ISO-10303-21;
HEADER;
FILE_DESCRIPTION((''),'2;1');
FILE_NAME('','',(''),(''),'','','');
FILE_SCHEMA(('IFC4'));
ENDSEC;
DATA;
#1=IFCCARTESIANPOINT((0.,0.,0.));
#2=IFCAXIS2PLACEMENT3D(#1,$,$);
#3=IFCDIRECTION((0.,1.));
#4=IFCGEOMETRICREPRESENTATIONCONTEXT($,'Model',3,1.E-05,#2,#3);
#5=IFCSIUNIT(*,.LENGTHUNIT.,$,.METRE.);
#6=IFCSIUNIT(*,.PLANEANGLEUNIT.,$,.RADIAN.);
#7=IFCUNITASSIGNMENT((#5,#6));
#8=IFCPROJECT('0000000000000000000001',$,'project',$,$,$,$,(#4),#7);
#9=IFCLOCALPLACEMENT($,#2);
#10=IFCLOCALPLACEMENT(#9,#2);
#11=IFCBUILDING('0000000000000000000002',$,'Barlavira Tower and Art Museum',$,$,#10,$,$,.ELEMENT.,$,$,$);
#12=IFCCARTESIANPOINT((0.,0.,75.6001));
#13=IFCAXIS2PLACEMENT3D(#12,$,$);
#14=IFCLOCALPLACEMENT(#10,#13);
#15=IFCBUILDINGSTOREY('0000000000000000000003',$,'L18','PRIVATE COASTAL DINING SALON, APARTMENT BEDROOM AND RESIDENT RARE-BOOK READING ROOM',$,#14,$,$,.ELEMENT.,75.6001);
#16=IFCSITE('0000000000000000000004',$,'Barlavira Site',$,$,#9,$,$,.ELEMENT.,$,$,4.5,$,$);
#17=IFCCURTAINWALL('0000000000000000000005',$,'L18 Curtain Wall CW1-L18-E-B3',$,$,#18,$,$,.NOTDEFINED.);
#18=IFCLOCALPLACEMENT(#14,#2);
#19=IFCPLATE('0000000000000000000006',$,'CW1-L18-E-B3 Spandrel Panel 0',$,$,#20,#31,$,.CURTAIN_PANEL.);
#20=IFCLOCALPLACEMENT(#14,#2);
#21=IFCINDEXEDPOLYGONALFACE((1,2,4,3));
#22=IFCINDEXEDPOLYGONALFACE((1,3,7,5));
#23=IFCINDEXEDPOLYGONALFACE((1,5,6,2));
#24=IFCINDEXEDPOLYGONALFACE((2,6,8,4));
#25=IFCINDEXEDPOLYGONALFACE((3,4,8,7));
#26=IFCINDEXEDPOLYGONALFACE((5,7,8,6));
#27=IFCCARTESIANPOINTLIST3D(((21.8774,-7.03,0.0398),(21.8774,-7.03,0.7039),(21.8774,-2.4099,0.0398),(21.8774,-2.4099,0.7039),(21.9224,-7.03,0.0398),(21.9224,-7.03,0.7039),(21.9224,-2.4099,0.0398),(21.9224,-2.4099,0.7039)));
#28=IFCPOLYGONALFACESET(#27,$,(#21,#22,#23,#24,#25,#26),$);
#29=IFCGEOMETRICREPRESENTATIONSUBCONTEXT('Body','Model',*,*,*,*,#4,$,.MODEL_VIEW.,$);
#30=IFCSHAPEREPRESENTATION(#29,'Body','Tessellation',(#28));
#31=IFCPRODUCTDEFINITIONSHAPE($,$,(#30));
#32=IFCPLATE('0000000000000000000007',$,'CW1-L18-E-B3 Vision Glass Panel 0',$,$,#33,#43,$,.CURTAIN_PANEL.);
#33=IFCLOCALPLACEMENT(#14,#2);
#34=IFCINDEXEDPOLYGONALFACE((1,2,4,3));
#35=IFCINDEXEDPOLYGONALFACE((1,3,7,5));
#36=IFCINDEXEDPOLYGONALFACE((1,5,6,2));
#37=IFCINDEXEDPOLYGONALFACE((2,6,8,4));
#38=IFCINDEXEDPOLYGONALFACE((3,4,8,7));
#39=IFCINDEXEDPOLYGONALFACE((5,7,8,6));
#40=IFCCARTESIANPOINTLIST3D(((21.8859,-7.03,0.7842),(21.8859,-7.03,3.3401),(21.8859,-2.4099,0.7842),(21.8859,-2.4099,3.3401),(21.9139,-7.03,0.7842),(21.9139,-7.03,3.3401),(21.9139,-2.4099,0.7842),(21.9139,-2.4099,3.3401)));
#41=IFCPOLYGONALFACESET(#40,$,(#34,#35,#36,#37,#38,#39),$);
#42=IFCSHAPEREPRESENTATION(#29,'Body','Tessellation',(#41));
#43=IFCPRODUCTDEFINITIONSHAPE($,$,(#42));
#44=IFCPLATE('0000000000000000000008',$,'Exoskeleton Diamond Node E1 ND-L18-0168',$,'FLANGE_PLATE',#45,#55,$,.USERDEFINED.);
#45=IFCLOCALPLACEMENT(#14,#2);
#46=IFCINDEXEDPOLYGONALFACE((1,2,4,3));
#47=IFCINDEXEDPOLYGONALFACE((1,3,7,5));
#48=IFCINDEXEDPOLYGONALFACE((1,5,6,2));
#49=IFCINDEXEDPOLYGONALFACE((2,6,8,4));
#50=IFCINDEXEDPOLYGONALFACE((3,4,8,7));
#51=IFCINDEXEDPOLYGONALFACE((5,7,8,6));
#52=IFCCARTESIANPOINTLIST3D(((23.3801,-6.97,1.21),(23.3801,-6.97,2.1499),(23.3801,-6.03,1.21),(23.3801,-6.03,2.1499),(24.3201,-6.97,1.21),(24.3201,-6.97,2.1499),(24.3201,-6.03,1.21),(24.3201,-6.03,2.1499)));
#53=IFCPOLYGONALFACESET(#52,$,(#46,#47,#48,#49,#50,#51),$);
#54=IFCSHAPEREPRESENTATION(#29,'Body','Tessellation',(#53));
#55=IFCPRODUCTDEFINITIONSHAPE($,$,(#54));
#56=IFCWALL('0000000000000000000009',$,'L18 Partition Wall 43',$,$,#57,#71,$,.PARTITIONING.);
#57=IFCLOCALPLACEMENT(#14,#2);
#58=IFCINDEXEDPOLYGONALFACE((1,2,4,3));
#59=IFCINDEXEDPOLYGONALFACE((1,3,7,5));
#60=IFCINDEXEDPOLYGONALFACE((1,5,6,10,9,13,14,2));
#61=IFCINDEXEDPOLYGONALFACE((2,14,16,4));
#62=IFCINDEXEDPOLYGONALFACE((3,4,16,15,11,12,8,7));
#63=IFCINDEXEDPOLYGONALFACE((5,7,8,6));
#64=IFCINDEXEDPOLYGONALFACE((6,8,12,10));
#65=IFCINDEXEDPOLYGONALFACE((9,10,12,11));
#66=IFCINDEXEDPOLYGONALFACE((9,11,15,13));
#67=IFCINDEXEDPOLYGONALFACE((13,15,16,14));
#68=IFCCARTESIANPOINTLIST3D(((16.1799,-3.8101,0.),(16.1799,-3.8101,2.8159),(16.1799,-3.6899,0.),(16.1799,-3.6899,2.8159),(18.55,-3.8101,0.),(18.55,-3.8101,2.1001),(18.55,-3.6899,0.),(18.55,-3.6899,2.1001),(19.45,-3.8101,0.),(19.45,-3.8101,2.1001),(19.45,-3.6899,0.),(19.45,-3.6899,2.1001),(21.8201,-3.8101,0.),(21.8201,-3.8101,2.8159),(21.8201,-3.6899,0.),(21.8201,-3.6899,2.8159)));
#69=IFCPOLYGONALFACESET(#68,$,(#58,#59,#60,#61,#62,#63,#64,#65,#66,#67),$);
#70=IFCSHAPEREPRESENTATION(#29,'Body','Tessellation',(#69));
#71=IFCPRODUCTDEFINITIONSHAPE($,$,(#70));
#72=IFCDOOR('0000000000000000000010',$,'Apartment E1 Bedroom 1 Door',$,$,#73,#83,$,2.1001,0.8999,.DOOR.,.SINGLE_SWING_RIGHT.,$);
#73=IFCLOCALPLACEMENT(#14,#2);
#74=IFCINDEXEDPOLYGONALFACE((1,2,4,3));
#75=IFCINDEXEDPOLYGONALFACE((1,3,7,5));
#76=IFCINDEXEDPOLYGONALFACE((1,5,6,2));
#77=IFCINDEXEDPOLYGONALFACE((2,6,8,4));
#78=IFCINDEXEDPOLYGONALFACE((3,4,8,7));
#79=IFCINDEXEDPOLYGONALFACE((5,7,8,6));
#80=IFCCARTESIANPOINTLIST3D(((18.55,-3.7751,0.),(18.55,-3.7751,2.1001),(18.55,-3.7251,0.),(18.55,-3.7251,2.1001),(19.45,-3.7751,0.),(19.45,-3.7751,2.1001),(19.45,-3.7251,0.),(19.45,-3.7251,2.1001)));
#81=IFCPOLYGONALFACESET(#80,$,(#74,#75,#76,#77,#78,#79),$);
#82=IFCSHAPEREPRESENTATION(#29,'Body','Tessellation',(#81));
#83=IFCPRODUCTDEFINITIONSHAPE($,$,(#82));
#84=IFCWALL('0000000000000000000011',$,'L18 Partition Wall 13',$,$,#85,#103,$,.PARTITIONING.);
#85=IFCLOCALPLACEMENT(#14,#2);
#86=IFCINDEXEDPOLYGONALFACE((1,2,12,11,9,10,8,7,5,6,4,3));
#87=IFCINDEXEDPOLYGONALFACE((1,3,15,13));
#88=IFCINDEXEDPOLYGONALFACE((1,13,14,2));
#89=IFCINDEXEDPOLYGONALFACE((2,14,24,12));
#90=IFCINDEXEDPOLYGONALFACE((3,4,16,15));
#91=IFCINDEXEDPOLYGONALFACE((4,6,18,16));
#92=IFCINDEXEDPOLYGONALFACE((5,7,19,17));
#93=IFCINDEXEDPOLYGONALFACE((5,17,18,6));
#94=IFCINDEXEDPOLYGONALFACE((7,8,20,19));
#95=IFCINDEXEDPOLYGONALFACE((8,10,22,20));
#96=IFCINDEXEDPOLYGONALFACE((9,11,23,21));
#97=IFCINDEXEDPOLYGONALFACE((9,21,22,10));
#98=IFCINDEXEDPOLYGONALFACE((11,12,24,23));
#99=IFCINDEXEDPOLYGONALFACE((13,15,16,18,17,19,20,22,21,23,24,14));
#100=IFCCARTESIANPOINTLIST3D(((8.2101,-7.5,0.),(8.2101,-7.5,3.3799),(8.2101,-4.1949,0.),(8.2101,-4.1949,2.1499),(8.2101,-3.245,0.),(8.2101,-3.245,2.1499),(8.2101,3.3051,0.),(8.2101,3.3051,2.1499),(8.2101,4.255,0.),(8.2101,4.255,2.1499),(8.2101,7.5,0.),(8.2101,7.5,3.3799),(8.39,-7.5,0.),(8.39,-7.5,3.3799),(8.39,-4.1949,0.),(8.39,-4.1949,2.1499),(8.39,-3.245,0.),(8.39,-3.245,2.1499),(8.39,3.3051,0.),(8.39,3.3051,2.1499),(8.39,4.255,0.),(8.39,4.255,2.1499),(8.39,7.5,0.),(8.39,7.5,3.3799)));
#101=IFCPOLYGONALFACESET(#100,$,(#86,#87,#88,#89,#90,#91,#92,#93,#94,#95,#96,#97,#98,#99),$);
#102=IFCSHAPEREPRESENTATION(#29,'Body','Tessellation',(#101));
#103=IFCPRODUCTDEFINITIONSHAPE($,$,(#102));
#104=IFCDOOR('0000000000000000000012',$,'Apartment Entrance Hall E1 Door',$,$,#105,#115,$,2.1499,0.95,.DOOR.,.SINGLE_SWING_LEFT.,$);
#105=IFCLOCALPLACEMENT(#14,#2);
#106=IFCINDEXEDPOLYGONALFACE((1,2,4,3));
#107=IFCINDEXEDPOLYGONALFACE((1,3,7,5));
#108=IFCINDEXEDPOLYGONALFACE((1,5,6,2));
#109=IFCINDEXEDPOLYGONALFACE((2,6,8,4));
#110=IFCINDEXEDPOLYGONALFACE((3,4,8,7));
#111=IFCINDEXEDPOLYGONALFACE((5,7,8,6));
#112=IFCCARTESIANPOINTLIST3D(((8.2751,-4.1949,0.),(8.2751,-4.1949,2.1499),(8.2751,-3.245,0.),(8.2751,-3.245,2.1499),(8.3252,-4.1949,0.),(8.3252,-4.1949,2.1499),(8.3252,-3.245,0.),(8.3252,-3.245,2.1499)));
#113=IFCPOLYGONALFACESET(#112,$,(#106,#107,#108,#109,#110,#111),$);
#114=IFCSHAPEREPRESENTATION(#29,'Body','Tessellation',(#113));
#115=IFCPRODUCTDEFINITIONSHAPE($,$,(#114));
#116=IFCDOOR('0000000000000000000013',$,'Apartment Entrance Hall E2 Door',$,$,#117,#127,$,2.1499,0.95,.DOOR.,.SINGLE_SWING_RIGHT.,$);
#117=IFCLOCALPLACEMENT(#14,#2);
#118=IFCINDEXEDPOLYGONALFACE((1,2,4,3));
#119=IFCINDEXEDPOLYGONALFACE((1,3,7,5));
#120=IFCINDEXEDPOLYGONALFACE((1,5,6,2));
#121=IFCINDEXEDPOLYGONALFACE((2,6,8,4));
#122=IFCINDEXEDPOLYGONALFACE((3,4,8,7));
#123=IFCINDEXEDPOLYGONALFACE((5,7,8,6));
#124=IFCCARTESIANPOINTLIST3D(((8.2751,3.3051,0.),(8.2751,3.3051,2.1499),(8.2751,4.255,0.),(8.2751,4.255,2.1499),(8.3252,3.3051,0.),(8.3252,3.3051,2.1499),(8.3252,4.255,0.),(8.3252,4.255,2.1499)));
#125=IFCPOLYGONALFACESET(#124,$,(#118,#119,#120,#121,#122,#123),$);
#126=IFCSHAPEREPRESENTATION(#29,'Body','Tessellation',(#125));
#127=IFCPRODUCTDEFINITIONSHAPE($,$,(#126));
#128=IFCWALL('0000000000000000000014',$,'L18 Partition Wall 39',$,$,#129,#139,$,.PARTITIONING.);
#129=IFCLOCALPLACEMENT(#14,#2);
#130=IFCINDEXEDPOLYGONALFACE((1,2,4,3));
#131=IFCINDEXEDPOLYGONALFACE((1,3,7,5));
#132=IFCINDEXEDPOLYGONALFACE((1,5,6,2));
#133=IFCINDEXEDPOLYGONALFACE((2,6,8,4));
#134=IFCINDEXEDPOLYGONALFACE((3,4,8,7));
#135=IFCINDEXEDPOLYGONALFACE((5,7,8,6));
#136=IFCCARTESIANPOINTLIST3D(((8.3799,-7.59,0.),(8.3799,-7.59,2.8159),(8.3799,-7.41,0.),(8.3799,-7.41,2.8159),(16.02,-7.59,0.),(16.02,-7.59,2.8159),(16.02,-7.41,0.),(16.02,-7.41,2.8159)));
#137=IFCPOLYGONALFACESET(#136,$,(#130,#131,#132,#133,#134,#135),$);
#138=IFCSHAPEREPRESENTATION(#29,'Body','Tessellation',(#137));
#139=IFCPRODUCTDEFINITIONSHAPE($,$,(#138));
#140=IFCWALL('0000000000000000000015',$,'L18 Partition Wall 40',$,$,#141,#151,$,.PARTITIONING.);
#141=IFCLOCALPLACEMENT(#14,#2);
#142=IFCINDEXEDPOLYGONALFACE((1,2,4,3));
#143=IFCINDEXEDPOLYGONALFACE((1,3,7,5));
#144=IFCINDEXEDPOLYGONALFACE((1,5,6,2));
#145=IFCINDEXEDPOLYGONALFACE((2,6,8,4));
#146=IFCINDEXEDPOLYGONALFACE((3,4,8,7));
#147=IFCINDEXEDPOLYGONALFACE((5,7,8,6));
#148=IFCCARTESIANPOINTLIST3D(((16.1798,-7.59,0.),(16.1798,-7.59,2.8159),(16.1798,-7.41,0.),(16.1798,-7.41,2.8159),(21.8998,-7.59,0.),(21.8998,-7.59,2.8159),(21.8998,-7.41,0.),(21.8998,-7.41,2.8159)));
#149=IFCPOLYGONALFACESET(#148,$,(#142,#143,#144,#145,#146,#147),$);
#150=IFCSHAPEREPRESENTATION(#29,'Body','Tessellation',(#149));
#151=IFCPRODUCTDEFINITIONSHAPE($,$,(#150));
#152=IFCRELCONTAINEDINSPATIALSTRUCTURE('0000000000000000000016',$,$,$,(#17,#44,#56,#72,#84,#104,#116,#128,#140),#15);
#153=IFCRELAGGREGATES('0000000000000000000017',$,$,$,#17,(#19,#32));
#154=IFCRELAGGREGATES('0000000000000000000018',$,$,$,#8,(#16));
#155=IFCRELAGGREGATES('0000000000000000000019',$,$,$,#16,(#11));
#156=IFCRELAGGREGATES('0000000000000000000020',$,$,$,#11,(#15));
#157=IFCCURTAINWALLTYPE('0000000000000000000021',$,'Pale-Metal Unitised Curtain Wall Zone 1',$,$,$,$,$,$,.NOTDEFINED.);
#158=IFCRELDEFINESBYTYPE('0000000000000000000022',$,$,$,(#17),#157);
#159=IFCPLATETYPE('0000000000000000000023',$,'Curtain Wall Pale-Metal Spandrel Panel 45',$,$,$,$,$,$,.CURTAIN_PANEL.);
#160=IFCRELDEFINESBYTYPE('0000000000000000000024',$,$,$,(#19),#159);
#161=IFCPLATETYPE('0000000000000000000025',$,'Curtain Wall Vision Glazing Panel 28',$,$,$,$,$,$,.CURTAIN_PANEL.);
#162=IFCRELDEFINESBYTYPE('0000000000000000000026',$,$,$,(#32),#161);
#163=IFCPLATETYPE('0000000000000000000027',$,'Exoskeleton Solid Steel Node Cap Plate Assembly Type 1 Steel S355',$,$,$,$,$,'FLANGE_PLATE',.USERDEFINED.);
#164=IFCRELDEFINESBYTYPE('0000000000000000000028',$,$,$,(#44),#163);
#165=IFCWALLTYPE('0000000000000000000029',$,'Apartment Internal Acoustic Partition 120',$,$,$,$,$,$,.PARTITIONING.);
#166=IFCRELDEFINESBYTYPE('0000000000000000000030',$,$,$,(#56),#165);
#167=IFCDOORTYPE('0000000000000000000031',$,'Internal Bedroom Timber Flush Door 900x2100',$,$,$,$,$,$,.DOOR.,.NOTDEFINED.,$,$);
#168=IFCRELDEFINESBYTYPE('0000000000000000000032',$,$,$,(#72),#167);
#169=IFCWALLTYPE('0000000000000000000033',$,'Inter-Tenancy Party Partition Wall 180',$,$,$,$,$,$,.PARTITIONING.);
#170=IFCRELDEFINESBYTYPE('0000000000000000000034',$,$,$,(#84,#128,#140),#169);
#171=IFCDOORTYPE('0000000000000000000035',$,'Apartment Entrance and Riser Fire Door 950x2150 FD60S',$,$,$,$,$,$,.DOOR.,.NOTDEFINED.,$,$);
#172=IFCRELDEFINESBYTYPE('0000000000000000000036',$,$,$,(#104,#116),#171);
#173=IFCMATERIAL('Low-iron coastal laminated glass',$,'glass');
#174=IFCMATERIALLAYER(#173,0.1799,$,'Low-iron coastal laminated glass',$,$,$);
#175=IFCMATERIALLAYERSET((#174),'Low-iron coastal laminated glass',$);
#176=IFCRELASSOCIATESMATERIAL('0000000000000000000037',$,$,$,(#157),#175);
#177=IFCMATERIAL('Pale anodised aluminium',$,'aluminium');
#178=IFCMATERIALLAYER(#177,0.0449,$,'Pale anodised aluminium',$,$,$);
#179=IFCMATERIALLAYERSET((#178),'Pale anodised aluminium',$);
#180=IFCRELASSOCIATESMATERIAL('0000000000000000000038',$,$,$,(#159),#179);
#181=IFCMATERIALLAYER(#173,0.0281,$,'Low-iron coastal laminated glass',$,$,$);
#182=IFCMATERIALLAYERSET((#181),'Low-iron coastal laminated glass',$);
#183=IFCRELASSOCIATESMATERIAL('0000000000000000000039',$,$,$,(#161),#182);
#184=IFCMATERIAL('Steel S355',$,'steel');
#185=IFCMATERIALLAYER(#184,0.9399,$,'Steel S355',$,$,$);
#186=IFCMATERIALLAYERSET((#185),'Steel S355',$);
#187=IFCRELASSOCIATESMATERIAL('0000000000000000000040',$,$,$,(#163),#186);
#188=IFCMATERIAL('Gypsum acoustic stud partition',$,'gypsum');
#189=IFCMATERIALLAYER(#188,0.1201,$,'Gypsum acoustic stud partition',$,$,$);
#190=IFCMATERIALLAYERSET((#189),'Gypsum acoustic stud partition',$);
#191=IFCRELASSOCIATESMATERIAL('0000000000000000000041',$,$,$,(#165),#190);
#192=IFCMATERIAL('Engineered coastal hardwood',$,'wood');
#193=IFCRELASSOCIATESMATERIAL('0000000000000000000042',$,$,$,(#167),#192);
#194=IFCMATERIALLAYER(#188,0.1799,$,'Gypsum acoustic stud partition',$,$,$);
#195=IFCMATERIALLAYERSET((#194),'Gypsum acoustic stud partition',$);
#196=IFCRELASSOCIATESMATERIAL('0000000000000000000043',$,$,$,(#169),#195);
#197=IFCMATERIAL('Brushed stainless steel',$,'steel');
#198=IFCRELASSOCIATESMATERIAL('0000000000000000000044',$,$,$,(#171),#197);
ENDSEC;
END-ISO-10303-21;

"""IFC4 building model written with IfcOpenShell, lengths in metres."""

from ifc_helpers import new_model, si_unit, direction, frame, frame_2d, origin, origin_2d, place, context, subcontext, project, spatial, rectangle, extrude, material, layer, layer_set, type_object, element, fill, aggregate, save


model = new_model("IFC4")

# Units and contexts
model_context = context("Model", 3, precision=1e-05, world=origin(), true_north=direction((0.0, 1.0)))
body_context = subcontext(model_context, "Body", "Model", "MODEL_VIEW")
ifc_project = project(units=[si_unit("LENGTHUNIT", "METRE"), si_unit("PLANEANGLEUNIT", "RADIAN")], contexts=[model_context])

# Site, building, storey
site_placement = place(None, origin())
site = spatial("IfcSite", under=ifc_project, at=site_placement, Name="Barlavira Site", CompositionType="ELEMENT", RefElevation=4.5)
building_placement = place(site_placement, origin())
building = spatial("IfcBuilding", under=site, at=building_placement, Name="Barlavira Tower and Art Museum", CompositionType="ELEMENT")
storey_placement = place(building_placement, frame((0.0, 0.0, 75.6001)))
storey = spatial("IfcBuildingStorey", under=building, at=storey_placement, Name="L18", Description="PRIVATE COASTAL DINING SALON, APARTMENT BEDROOM AND RESIDENT RARE-BOOK READING ROOM", CompositionType="ELEMENT", Elevation=75.6001)

# Curtain wall
ifc_material_1 = material(Name="Low-iron coastal laminated glass", Category="glass")
ifc_layer_1 = layer(ifc_material_1, 0.1799, Name="Low-iron coastal laminated glass")
ifc_layer_set_1 = layer_set([ifc_layer_1], Name="Low-iron coastal laminated glass")
curtain_wall_type = type_object("IfcCurtainWallType", Name="Pale-Metal Unitised Curtain Wall Zone 1", PredefinedType="NOTDEFINED", material=ifc_layer_set_1)
curtain_wall_placement = place(storey_placement, origin())
curtain_wall = element("IfcCurtainWall", 1, at=curtain_wall_placement, inside=storey, type_object=curtain_wall_type, Name="L18 Curtain Wall CW1-L18-E-B3", PredefinedType="NOTDEFINED")
ifc_material_2 = material(Name="Pale anodised aluminium", Category="aluminium")

# Shared definitions
ifc_material_3 = material(Name="Steel S355", Category="steel")

# Plates
ifc_layer_2 = layer(ifc_material_2, 0.0449, Name="Pale anodised aluminium")
ifc_layer_set_2 = layer_set([ifc_layer_2], Name="Pale anodised aluminium")
plate_type_1 = type_object("IfcPlateType", Name="Curtain Wall Pale-Metal Spandrel Panel 45", PredefinedType="CURTAIN_PANEL", material=ifc_layer_set_2)
plate_1_placement = place(storey_placement, frame((21.8999, -4.72, 0.0398), z_axis=(0.0, 0.0, 1.0), x_axis=(0.0, 1.0, 0.0)))
plate_1 = element("IfcPlate", 2, at=plate_1_placement, type_object=plate_type_1, Name="CW1-L18-E-B3 Spandrel Panel 0", PredefinedType="CURTAIN_PANEL", context=body_context, shape_type="SweptSolid", body=[
    extrude(rectangle(XDim=4.6201, YDim=0.0449, at=origin_2d()), origin(), (0.0, 0.0, 1.0), 0.6641),
])
ifc_layer_3 = layer(ifc_material_1, 0.0281, Name="Low-iron coastal laminated glass")
ifc_layer_set_3 = layer_set([ifc_layer_3], Name="Low-iron coastal laminated glass")
plate_type_2 = type_object("IfcPlateType", Name="Curtain Wall Vision Glazing Panel 28", PredefinedType="CURTAIN_PANEL", material=ifc_layer_set_3)
plate_2_placement = place(storey_placement, frame((21.8999, -4.72, 0.7842), z_axis=(0.0, 0.0, 1.0), x_axis=(0.0, 1.0, 0.0)))
plate_2 = element("IfcPlate", 3, at=plate_2_placement, type_object=plate_type_2, Name="CW1-L18-E-B3 Vision Glass Panel 0", PredefinedType="CURTAIN_PANEL", context=body_context, shape_type="SweptSolid", body=[
    extrude(rectangle(XDim=4.6201, YDim=0.0281, at=origin_2d()), origin(), (0.0, 0.0, 1.0), 2.5559),
])
aggregate(curtain_wall, [plate_1, plate_2])
ifc_layer_4 = layer(ifc_material_3, 0.9399, Name="Steel S355")
ifc_layer_set_4 = layer_set([ifc_layer_4], Name="Steel S355")
plate_type_3 = type_object("IfcPlateType", Name="Exoskeleton Solid Steel Node Cap Plate Assembly Type 1 Steel S355", ElementType="FLANGE_PLATE", PredefinedType="USERDEFINED", material=ifc_layer_set_4)
plate_3_placement = place(storey_placement, frame((23.8501, -6.5, 1.21), z_axis=(0.0, 0.0, 1.0), x_axis=(1.0, 0.0, 0.0)))
element("IfcPlate", 4, at=plate_3_placement, inside=storey, type_object=plate_type_3, Name="Exoskeleton Diamond Node E1 ND-L18-0168", ObjectType="FLANGE_PLATE", PredefinedType="USERDEFINED", context=body_context, shape_type="SweptSolid", body=[
    extrude(rectangle(XDim=0.9399, YDim=0.9399, at=origin_2d()), origin(), (0.0, 0.0, 1.0), 0.9399),
])

# Wall, opening, door
ifc_material_4 = material(Name="Gypsum acoustic stud partition", Category="gypsum")
ifc_layer_5 = layer(ifc_material_4, 0.1201, Name="Gypsum acoustic stud partition")
ifc_layer_set_5 = layer_set([ifc_layer_5], Name="Gypsum acoustic stud partition")
wall_type_1 = type_object("IfcWallType", Name="Apartment Internal Acoustic Partition 120", PredefinedType="PARTITIONING", material=ifc_layer_set_5)
wall_1_placement = place(storey_placement, frame((16.1799, -3.75, 0.0), z_axis=(0.0, 0.0, 1.0), x_axis=(1.0, 0.0, 0.0)))
wall_1 = element("IfcWall", 5, at=wall_1_placement, inside=storey, type_object=wall_type_1, Name="L18 Partition Wall 43", PredefinedType="PARTITIONING", context=body_context, shape_type="SweptSolid", body=[
    extrude(rectangle(XDim=5.6401, YDim=0.1201, at=frame_2d((2.8201, 0.0))), origin(), (0.0, 0.0, 1.0), 2.8159),
])
opening_1_placement = place(wall_1_placement, frame((2.3701, 0.0, 0.0)))
opening_1 = element("IfcOpeningElement", 6, at=opening_1_placement, cuts=wall_1, PredefinedType="OPENING", context=body_context, shape_type="SweptSolid", body=[
    extrude(rectangle(XDim=0.8999, YDim=2.1001, at=frame_2d((0.45, 1.05))), frame((0.0, 0.0701, 0.0), z_axis=(0.0, -1.0, 0.0), x_axis=(1.0, 0.0, 0.0)), (0.0, 0.0, 1.0), 0.1401),
])
ifc_material_5 = material(Name="Engineered coastal hardwood", Category="wood")
door_type_1 = type_object("IfcDoorType", Name="Internal Bedroom Timber Flush Door 900x2100", OperationType="NOTDEFINED", PredefinedType="DOOR", material=ifc_material_5)
door_1_placement = place(opening_1_placement, origin())
door_1 = element("IfcDoor", 7, at=door_1_placement, inside=storey, type_object=door_type_1, Name="Apartment E1 Bedroom 1 Door", OperationType="SINGLE_SWING_RIGHT", OverallHeight=2.1001, OverallWidth=0.8999, PredefinedType="DOOR", context=body_context, shape_type="SweptSolid", body=[
    extrude(rectangle(XDim=0.8999, YDim=2.1001, at=frame_2d((0.45, 1.05))), frame((0.0, 0.0249, 0.0), z_axis=(0.0, -1.0, 0.0), x_axis=(1.0, 0.0, 0.0)), (0.0, 0.0, 1.0), 0.05),
])
fill(opening_1, door_1)

# Wall, openings, doors
ifc_layer_6 = layer(ifc_material_4, 0.1799, Name="Gypsum acoustic stud partition")
ifc_layer_set_6 = layer_set([ifc_layer_6], Name="Gypsum acoustic stud partition")
wall_type_2 = type_object("IfcWallType", Name="Inter-Tenancy Party Partition Wall 180", PredefinedType="PARTITIONING", material=ifc_layer_set_6)
wall_2_placement = place(storey_placement, frame((8.3, -7.5, 0.0), z_axis=(0.0, 0.0, 1.0), x_axis=(0.0, 1.0, 0.0)))
wall_2 = element("IfcWall", 8, at=wall_2_placement, inside=storey, type_object=wall_type_2, Name="L18 Partition Wall 13", PredefinedType="PARTITIONING", context=body_context, shape_type="SweptSolid", body=[
    extrude(rectangle(XDim=15.0, YDim=0.1799, at=frame_2d((7.5, 0.0))), origin(), (0.0, 0.0, 1.0), 3.3799),
])
opening_2_placement = place(wall_2_placement, frame((3.3049, 0.0, 0.0)))
opening_2 = element("IfcOpeningElement", 9, at=opening_2_placement, cuts=wall_2, PredefinedType="OPENING", context=body_context, shape_type="SweptSolid", body=[
    extrude(rectangle(XDim=0.95, YDim=2.1499, at=frame_2d((0.4751, 1.075))), frame((0.0, 0.1001, 0.0), z_axis=(0.0, -1.0, 0.0), x_axis=(1.0, 0.0, 0.0)), (0.0, 0.0, 1.0), 0.2),
])
opening_3_placement = place(wall_2_placement, frame((10.8049, 0.0, 0.0)))
opening_3 = element("IfcOpeningElement", 10, at=opening_3_placement, cuts=wall_2, PredefinedType="OPENING", context=body_context, shape_type="SweptSolid", body=[
    extrude(rectangle(XDim=0.95, YDim=2.1499, at=frame_2d((0.4751, 1.075))), frame((0.0, 0.1001, 0.0), z_axis=(0.0, -1.0, 0.0), x_axis=(1.0, 0.0, 0.0)), (0.0, 0.0, 1.0), 0.2),
])
ifc_material_6 = material(Name="Brushed stainless steel", Category="steel")
door_type_2 = type_object("IfcDoorType", Name="Apartment Entrance and Riser Fire Door 950x2150 FD60S", OperationType="NOTDEFINED", PredefinedType="DOOR", material=ifc_material_6)
door_2_placement = place(opening_2_placement, origin())
door_2 = element("IfcDoor", 11, at=door_2_placement, inside=storey, type_object=door_type_2, Name="Apartment Entrance Hall E1 Door", OperationType="SINGLE_SWING_LEFT", OverallHeight=2.1499, OverallWidth=0.95, PredefinedType="DOOR", context=body_context, shape_type="SweptSolid", body=[
    extrude(rectangle(XDim=0.95, YDim=2.1499, at=frame_2d((0.4751, 1.075))), frame((0.0, 0.0249, 0.0), z_axis=(0.0, -1.0, 0.0), x_axis=(1.0, 0.0, 0.0)), (0.0, 0.0, 1.0), 0.05),
])
fill(opening_2, door_2)
door_3_placement = place(opening_3_placement, origin())
door_3 = element("IfcDoor", 12, at=door_3_placement, inside=storey, type_object=door_type_2, Name="Apartment Entrance Hall E2 Door", OperationType="SINGLE_SWING_RIGHT", OverallHeight=2.1499, OverallWidth=0.95, PredefinedType="DOOR", context=body_context, shape_type="SweptSolid", body=[
    extrude(rectangle(XDim=0.95, YDim=2.1499, at=frame_2d((0.4751, 1.075))), frame((0.0, 0.0249, 0.0), z_axis=(0.0, -1.0, 0.0), x_axis=(1.0, 0.0, 0.0)), (0.0, 0.0, 1.0), 0.05),
])
fill(opening_3, door_3)

# Walls
wall_3_placement = place(storey_placement, frame((8.3799, -7.5, 0.0), z_axis=(0.0, 0.0, 1.0), x_axis=(1.0, 0.0, 0.0)))
element("IfcWall", 13, at=wall_3_placement, inside=storey, type_object=wall_type_2, Name="L18 Partition Wall 39", PredefinedType="PARTITIONING", context=body_context, shape_type="SweptSolid", body=[
    extrude(rectangle(XDim=7.6401, YDim=0.1799, at=frame_2d((3.8201, 0.0))), origin(), (0.0, 0.0, 1.0), 2.8159),
])
wall_4_placement = place(storey_placement, frame((16.1799, -7.5, 0.0), z_axis=(0.0, 0.0, 1.0), x_axis=(1.0, 0.0, 0.0)))
element("IfcWall", 14, at=wall_4_placement, inside=storey, type_object=wall_type_2, Name="L18 Partition Wall 40", PredefinedType="PARTITIONING", context=body_context, shape_type="SweptSolid", body=[
    extrude(rectangle(XDim=5.72, YDim=0.1799, at=frame_2d((2.8599, 0.0))), origin(), (0.0, 0.0, 1.0), 2.8159),
])

save(model, "model.ifc")
